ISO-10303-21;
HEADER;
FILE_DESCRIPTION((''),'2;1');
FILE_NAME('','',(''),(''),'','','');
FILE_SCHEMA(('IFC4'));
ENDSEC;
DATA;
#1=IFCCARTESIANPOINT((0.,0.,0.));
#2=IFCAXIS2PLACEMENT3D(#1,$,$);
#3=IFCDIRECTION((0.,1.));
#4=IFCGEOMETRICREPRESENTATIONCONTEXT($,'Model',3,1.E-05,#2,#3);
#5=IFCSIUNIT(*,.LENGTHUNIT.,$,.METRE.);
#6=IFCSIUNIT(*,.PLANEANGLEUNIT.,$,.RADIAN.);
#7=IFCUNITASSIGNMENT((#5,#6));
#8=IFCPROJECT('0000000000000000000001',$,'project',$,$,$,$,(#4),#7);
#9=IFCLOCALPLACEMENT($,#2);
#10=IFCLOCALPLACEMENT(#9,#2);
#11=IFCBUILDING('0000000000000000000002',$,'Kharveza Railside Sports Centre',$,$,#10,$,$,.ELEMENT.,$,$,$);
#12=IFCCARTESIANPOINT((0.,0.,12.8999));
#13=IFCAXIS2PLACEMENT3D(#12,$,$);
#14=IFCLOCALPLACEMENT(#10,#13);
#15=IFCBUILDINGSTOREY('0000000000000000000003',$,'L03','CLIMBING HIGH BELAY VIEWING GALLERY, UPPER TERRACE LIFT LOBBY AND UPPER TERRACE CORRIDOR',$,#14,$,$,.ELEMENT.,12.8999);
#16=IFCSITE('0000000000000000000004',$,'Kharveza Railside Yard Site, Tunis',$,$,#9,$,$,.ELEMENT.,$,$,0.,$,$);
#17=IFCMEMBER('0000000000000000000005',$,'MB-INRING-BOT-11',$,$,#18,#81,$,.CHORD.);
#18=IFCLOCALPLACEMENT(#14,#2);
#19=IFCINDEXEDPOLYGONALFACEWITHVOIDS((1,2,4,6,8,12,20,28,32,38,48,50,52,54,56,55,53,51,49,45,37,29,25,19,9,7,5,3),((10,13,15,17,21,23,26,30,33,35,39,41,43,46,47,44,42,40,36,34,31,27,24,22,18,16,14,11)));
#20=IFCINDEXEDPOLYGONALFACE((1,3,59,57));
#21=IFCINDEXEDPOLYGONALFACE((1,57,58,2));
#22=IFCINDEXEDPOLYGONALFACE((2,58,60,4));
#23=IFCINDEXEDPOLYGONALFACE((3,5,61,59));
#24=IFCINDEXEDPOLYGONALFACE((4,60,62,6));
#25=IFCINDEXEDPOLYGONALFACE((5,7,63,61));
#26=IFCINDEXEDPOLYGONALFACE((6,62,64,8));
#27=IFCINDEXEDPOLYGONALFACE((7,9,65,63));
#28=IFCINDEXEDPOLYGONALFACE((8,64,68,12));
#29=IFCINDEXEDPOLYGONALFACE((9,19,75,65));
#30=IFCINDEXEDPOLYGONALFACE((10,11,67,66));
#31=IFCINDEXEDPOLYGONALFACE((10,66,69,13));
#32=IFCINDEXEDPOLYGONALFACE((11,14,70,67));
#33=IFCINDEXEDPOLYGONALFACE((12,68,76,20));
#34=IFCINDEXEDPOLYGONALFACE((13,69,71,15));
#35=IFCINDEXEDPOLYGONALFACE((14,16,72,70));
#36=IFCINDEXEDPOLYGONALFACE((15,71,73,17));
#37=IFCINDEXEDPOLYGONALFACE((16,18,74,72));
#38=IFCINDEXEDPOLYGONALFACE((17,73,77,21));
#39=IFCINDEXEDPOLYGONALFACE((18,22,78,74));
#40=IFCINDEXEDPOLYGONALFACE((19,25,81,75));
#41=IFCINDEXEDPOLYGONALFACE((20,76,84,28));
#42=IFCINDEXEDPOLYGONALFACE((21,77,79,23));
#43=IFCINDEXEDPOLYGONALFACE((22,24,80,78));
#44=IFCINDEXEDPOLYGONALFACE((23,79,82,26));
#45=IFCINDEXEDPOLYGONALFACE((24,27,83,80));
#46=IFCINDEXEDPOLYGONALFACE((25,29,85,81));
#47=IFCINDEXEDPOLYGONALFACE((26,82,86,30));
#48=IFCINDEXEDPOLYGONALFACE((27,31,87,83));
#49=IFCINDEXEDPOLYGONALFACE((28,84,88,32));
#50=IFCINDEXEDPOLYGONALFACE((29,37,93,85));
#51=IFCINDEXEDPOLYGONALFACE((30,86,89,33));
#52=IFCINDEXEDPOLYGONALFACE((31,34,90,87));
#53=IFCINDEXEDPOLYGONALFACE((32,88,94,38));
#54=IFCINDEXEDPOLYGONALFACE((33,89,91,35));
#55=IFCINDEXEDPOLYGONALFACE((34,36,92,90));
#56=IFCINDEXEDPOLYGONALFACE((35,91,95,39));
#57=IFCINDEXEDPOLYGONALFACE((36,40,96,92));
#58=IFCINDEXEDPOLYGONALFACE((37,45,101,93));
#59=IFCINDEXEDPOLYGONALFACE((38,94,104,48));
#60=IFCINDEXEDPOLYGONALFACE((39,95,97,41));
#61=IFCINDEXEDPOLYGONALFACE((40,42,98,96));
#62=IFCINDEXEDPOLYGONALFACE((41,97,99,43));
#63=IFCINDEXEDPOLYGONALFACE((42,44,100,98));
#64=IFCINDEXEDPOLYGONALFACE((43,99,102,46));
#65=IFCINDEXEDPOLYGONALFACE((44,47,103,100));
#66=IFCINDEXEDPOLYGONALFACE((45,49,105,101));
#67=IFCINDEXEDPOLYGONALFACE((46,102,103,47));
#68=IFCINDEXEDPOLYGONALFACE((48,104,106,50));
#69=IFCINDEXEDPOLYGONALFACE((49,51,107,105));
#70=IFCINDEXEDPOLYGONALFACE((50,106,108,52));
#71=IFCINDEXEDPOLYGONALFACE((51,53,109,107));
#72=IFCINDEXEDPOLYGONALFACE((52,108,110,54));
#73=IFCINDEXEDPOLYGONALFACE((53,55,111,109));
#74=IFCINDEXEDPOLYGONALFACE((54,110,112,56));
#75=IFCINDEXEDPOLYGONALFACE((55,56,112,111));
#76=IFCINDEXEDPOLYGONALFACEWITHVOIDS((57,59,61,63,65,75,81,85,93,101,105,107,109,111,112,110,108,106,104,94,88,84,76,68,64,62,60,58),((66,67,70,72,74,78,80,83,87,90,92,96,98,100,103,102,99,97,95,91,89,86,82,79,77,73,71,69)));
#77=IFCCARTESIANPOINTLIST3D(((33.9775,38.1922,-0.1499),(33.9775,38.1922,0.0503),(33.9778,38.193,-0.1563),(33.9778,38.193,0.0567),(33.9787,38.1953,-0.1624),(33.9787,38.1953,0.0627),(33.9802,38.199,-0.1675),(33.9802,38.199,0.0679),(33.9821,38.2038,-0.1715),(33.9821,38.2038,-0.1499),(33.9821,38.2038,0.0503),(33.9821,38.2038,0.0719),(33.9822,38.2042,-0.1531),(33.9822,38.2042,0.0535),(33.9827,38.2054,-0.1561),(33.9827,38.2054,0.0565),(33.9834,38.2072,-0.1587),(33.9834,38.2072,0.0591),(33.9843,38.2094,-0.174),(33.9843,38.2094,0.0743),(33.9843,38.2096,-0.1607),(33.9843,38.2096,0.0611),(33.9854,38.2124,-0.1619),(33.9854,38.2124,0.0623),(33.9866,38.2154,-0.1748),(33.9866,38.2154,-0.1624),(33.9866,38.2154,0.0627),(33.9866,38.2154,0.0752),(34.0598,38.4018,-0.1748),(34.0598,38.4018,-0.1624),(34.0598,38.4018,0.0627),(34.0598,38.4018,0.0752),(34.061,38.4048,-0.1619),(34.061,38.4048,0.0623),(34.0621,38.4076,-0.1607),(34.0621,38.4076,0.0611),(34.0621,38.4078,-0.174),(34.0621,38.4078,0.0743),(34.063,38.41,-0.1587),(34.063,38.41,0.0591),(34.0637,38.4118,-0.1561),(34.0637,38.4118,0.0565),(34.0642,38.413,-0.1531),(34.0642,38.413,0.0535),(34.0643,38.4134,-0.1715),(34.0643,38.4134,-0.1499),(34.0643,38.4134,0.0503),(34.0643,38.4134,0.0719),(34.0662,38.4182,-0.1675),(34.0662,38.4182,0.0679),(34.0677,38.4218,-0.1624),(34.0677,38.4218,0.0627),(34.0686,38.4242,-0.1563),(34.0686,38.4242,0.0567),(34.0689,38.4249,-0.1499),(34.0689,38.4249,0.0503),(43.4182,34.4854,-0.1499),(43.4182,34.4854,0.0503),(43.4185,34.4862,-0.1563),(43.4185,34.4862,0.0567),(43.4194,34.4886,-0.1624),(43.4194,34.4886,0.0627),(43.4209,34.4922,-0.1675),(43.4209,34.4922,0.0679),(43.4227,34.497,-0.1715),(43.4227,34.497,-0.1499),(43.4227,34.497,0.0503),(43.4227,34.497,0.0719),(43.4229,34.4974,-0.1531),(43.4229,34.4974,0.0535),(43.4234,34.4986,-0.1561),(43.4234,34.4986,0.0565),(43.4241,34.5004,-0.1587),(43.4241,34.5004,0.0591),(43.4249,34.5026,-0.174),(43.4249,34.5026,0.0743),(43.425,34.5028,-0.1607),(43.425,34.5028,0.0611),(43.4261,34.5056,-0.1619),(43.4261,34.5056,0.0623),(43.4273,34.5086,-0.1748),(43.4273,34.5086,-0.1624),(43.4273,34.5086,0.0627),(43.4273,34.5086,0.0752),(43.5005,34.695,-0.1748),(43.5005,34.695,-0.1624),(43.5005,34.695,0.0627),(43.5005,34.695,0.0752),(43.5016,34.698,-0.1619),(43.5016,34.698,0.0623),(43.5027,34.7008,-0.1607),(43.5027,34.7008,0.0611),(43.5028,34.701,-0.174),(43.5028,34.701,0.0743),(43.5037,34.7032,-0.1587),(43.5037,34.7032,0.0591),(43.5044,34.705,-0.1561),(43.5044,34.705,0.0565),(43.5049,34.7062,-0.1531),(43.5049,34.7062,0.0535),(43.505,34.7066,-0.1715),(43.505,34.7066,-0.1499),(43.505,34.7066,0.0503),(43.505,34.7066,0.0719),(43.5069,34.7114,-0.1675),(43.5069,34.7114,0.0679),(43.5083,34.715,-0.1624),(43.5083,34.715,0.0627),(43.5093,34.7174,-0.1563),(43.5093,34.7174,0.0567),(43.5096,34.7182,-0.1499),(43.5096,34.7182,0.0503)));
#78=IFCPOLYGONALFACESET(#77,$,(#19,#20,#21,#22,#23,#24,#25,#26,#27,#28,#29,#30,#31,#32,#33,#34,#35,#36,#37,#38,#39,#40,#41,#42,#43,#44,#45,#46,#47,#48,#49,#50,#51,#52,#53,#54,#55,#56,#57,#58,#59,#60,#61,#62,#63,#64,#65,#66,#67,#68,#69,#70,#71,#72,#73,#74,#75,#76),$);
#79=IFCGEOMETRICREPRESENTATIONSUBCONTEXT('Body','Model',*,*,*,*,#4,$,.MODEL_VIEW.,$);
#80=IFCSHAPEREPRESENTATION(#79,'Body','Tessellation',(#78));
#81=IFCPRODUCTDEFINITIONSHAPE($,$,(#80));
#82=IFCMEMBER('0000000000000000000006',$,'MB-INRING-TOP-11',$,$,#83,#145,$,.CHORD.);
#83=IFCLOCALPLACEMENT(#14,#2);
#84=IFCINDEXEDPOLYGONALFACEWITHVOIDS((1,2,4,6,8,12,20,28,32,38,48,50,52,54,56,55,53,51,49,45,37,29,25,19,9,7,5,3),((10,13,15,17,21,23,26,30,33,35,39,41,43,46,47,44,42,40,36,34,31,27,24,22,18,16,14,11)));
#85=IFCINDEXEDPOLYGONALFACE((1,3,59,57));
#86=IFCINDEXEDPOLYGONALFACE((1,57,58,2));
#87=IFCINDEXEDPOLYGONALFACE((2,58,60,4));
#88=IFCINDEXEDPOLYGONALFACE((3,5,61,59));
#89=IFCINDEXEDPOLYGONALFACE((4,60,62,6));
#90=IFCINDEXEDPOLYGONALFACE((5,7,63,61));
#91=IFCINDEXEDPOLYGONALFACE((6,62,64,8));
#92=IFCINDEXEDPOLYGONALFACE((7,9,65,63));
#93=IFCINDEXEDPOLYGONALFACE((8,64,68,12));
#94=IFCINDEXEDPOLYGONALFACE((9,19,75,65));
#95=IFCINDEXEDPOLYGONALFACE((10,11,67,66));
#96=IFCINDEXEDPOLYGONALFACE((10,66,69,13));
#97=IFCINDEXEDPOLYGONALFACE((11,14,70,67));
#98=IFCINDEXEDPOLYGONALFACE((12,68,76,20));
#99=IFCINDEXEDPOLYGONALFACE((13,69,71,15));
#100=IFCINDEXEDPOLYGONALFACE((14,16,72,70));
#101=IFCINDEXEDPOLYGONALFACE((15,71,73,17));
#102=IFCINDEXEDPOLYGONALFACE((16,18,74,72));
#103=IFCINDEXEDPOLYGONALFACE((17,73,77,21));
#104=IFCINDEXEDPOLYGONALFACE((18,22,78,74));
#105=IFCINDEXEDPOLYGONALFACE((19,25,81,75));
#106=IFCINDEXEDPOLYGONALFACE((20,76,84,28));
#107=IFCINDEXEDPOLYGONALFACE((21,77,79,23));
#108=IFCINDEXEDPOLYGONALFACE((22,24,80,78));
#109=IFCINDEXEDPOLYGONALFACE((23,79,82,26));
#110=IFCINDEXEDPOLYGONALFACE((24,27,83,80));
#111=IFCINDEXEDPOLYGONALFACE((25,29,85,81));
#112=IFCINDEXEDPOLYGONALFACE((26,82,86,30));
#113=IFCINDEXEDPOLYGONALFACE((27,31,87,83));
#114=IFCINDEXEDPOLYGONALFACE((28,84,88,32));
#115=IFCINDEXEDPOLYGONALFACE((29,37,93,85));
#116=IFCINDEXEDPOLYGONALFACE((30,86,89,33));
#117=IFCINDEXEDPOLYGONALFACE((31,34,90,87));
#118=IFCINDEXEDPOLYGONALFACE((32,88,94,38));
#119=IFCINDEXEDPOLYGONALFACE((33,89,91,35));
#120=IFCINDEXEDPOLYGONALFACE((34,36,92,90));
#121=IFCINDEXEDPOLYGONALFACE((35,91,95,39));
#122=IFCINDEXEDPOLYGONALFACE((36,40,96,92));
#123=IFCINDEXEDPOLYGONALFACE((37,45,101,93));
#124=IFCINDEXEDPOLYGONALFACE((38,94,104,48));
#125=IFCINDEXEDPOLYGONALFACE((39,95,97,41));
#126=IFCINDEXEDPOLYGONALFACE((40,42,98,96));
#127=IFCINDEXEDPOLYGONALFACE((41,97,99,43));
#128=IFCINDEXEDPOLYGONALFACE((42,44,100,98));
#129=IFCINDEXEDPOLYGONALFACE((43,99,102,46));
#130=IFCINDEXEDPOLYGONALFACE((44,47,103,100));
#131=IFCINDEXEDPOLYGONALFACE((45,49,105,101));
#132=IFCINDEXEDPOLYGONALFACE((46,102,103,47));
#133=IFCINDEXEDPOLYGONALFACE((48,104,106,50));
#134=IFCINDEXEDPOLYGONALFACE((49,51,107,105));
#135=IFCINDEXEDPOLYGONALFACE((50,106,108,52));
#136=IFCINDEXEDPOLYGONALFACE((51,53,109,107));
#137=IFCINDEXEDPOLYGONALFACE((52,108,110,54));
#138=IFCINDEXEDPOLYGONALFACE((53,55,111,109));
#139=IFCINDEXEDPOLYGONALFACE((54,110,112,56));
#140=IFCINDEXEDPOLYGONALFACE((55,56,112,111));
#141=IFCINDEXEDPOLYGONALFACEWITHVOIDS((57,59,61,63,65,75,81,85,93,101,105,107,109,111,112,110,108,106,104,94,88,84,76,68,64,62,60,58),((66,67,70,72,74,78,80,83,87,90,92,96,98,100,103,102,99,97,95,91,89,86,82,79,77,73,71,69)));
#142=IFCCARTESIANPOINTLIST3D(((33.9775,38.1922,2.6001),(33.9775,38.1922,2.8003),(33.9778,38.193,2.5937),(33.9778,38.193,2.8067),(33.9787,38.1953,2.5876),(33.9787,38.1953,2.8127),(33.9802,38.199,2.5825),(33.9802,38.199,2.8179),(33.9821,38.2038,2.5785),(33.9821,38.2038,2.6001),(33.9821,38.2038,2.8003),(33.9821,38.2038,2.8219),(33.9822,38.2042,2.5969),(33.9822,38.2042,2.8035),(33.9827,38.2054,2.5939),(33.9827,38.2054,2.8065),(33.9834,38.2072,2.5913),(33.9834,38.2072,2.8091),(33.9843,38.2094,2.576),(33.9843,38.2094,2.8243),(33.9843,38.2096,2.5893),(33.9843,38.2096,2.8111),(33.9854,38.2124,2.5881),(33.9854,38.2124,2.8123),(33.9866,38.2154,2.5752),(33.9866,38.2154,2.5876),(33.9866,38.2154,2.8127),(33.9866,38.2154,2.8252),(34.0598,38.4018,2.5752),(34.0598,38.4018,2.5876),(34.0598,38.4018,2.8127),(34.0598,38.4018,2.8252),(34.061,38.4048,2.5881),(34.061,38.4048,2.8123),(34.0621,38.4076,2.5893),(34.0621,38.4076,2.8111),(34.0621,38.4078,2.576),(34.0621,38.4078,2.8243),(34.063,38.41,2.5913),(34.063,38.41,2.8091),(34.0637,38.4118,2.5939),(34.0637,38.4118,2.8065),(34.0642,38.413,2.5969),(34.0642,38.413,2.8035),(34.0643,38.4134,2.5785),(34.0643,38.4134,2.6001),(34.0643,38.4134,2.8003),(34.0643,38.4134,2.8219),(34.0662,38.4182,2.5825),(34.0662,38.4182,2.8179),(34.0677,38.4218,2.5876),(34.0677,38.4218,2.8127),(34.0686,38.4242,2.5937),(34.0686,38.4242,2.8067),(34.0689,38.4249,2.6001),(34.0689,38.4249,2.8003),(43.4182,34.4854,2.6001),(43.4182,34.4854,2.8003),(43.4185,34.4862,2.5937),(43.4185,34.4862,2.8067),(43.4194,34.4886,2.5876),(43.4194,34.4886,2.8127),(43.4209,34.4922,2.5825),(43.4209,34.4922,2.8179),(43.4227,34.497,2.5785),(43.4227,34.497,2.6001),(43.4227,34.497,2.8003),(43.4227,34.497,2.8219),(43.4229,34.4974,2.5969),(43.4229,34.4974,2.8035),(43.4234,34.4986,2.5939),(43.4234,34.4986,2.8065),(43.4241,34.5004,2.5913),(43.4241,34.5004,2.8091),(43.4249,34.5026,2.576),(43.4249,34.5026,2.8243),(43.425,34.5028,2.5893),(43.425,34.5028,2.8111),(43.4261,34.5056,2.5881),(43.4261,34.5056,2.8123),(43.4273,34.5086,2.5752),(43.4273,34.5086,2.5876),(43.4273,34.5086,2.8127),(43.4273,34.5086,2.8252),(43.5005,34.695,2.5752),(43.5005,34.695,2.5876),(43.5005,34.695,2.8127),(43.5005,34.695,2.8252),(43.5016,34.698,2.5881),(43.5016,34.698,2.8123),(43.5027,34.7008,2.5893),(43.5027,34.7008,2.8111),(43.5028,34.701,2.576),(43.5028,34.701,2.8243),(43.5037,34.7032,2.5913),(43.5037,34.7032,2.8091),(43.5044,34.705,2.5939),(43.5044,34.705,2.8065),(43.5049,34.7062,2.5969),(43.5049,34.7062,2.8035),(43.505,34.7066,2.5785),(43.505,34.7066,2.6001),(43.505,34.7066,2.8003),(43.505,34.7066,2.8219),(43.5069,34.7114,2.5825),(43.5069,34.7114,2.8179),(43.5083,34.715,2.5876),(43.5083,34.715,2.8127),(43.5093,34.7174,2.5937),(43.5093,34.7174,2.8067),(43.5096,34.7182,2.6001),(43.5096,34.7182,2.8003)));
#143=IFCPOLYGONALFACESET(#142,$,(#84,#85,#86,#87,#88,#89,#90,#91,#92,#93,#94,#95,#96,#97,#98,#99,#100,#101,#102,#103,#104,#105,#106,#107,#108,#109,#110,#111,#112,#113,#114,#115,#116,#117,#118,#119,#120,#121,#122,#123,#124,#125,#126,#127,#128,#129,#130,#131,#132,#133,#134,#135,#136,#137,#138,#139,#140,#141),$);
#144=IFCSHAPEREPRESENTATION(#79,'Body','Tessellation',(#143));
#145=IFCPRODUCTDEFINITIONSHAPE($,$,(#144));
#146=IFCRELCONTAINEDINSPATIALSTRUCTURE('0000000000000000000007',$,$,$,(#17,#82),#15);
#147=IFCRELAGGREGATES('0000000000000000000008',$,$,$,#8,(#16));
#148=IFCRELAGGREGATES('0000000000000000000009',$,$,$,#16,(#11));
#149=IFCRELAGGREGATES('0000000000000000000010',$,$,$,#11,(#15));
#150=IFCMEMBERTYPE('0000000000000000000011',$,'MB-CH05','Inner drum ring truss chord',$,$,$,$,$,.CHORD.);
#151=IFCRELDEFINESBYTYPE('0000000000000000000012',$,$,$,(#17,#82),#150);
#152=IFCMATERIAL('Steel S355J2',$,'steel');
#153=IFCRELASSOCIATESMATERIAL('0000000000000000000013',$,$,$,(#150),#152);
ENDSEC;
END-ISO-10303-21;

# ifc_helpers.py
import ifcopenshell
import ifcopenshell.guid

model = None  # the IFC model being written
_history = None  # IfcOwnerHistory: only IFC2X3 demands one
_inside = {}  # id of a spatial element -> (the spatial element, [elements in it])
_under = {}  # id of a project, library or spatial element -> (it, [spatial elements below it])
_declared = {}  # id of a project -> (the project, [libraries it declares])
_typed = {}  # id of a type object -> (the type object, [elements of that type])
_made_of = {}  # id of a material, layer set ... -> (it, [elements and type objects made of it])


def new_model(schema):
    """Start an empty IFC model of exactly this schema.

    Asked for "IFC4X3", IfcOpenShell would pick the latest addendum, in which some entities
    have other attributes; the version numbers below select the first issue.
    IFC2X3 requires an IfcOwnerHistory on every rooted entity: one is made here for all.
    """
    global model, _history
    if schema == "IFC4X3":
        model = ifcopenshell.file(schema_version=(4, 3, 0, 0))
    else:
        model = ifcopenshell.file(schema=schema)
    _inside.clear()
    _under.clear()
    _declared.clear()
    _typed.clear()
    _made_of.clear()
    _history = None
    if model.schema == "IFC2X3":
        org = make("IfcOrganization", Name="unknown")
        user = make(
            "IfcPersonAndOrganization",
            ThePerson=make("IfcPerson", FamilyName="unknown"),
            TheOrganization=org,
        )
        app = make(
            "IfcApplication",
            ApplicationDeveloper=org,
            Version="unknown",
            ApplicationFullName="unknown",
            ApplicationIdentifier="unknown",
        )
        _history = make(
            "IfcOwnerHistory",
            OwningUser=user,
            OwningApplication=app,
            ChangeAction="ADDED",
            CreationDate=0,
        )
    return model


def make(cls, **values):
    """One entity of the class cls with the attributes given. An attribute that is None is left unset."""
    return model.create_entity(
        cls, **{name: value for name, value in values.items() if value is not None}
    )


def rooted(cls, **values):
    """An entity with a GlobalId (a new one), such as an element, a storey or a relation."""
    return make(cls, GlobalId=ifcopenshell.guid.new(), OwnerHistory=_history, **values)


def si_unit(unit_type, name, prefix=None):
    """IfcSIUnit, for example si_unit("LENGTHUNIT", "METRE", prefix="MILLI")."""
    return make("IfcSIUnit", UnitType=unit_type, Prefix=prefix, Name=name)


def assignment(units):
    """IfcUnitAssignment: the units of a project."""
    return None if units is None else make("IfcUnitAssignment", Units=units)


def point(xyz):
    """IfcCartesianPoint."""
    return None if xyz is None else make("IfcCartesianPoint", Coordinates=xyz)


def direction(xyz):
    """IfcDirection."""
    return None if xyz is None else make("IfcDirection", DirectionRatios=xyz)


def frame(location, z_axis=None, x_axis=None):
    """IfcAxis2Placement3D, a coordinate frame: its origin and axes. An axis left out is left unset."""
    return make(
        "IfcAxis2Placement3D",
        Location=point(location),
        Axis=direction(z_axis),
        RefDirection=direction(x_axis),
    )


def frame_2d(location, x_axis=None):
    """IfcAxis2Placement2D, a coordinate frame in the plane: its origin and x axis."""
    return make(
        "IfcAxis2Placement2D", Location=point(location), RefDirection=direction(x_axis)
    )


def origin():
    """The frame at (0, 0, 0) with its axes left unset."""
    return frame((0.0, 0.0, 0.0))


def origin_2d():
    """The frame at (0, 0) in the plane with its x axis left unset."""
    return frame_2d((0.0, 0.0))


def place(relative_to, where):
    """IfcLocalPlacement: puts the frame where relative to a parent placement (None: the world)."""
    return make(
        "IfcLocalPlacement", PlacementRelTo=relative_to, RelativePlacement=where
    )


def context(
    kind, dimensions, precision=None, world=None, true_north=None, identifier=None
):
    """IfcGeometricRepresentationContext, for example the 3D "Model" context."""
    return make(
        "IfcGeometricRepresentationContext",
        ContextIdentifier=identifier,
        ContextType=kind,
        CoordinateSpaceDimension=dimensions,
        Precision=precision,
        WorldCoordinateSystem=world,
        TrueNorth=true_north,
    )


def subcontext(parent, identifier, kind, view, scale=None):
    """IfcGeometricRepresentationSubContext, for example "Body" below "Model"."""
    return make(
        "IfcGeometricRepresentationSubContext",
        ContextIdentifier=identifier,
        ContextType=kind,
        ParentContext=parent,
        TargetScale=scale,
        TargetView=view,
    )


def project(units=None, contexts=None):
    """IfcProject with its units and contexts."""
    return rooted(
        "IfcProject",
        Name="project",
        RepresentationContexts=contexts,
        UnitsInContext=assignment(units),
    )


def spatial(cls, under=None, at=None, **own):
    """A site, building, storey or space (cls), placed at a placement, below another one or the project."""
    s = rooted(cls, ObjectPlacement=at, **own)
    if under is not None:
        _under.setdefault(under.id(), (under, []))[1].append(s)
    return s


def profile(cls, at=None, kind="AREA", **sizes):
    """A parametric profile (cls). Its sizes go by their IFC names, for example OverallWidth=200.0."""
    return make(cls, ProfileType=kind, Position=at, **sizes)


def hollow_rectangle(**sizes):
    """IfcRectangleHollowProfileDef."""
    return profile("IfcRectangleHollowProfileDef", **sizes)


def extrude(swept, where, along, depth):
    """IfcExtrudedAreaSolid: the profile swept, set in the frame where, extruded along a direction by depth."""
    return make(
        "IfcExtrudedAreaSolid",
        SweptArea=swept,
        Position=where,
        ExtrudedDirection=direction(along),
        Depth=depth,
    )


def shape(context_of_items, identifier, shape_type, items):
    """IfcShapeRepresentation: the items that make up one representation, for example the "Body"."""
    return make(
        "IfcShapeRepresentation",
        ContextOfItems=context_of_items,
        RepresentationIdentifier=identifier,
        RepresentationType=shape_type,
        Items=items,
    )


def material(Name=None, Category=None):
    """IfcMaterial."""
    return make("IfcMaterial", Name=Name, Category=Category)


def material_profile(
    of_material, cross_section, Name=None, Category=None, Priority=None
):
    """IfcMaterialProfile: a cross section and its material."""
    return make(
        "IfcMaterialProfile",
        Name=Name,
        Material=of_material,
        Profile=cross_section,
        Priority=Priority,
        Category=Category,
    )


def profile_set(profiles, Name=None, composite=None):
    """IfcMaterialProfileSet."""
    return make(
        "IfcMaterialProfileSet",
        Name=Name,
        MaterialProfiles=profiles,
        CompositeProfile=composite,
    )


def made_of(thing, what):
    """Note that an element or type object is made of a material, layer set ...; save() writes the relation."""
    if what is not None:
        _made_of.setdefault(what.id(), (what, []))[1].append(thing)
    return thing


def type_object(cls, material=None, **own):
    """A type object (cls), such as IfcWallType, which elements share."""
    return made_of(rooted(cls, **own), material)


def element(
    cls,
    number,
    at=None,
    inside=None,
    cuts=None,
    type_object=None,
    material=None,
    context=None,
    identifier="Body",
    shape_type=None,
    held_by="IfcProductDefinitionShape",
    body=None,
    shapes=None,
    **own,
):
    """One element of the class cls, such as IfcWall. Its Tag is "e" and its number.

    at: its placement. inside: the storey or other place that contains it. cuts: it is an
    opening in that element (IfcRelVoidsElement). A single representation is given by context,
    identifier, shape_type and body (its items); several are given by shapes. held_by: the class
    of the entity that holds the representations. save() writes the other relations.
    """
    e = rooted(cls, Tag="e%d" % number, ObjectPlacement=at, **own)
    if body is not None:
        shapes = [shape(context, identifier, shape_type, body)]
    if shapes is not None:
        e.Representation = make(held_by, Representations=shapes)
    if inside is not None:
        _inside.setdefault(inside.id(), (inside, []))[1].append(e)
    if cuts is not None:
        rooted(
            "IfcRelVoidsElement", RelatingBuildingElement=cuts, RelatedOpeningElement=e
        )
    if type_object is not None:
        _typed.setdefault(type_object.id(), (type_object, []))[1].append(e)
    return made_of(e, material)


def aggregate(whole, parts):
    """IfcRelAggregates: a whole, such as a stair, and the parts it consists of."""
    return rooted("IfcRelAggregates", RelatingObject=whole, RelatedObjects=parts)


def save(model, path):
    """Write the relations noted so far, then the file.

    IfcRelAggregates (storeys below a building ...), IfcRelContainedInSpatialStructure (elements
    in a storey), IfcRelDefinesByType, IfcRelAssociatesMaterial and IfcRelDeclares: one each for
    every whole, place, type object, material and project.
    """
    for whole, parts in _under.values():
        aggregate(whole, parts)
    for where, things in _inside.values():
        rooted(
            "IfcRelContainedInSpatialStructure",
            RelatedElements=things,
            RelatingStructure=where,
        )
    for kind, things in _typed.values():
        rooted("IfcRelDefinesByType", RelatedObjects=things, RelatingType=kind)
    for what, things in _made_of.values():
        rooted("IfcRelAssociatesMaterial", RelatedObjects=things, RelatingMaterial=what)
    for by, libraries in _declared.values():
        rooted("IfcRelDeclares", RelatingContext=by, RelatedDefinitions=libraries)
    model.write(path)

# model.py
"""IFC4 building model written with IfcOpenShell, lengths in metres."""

from ifc_helpers import new_model, si_unit, direction, frame, origin, origin_2d, place, context, subcontext, project, spatial, hollow_rectangle, extrude, material, material_profile, profile_set, type_object, element, save


model = new_model("IFC4")

# Units and contexts
model_context = context("Model", 3, precision=1e-05, world=origin(), true_north=direction((0.0, 1.0)))
body_context = subcontext(model_context, "Body", "Model", "MODEL_VIEW")
ifc_project = project(units=[si_unit("LENGTHUNIT", "METRE"), si_unit("PLANEANGLEUNIT", "RADIAN")], contexts=[model_context])

# Site, building, storey
site_placement = place(None, origin())
site = spatial("IfcSite", under=ifc_project, at=site_placement, Name="Kharveza Railside Yard Site, Tunis", CompositionType="ELEMENT", RefElevation=0.0)
building_placement = place(site_placement, origin())
building = spatial("IfcBuilding", under=site, at=building_placement, Name="Kharveza Railside Sports Centre", CompositionType="ELEMENT")
storey_placement = place(building_placement, frame((0.0, 0.0, 12.8999)))
storey = spatial("IfcBuildingStorey", under=building, at=storey_placement, Name="L03", Description="CLIMBING HIGH BELAY VIEWING GALLERY, UPPER TERRACE LIFT LOBBY AND UPPER TERRACE CORRIDOR", CompositionType="ELEMENT", Elevation=12.8999)

# Shared definitions
ifc_material_1 = material(Name="Steel S355J2", Category="steel")

# Members
ifc_material_profile_1 = material_profile(ifc_material_1, hollow_rectangle(XDim=0.25, YDim=0.25, WallThickness=0.0125, InnerFilletRadius=0.0125, OuterFilletRadius=0.0249, at=origin_2d()), Name="SHS 250x250x12.5")
ifc_profile_set_1 = profile_set([ifc_material_profile_1], Name="Steel S355J2")
member_type_1 = type_object("IfcMemberType", Name="MB-CH05", Description="Inner drum ring truss chord", PredefinedType="CHORD", material=ifc_profile_set_1)
for number, where, z_axis, x_axis, name in (
    (1, (34.0232, 38.3086, -0.0498), (0.93082, -0.365477, 0.0), (0.365477, 0.93082, 0.0), "MB-INRING-BOT-11"),
    (2, (34.0232, 38.3086, 2.7002), (0.93082, -0.365477, 0.0), (0.365477, 0.93082, 0.0), "MB-INRING-TOP-11"),
):
    element("IfcMember", number, at=place(storey_placement, frame(where, z_axis=z_axis, x_axis=x_axis)), inside=storey, type_object=member_type_1, Name=name, PredefinedType="CHORD", context=body_context, shape_type="SweptSolid", body=[
        extrude(hollow_rectangle(XDim=0.25, YDim=0.25, WallThickness=0.0125, InnerFilletRadius=0.0125, OuterFilletRadius=0.0249, at=origin_2d()), origin(), (0.0, 0.0, 1.0), 10.1423),
    ])

save(model, "model.ifc")
